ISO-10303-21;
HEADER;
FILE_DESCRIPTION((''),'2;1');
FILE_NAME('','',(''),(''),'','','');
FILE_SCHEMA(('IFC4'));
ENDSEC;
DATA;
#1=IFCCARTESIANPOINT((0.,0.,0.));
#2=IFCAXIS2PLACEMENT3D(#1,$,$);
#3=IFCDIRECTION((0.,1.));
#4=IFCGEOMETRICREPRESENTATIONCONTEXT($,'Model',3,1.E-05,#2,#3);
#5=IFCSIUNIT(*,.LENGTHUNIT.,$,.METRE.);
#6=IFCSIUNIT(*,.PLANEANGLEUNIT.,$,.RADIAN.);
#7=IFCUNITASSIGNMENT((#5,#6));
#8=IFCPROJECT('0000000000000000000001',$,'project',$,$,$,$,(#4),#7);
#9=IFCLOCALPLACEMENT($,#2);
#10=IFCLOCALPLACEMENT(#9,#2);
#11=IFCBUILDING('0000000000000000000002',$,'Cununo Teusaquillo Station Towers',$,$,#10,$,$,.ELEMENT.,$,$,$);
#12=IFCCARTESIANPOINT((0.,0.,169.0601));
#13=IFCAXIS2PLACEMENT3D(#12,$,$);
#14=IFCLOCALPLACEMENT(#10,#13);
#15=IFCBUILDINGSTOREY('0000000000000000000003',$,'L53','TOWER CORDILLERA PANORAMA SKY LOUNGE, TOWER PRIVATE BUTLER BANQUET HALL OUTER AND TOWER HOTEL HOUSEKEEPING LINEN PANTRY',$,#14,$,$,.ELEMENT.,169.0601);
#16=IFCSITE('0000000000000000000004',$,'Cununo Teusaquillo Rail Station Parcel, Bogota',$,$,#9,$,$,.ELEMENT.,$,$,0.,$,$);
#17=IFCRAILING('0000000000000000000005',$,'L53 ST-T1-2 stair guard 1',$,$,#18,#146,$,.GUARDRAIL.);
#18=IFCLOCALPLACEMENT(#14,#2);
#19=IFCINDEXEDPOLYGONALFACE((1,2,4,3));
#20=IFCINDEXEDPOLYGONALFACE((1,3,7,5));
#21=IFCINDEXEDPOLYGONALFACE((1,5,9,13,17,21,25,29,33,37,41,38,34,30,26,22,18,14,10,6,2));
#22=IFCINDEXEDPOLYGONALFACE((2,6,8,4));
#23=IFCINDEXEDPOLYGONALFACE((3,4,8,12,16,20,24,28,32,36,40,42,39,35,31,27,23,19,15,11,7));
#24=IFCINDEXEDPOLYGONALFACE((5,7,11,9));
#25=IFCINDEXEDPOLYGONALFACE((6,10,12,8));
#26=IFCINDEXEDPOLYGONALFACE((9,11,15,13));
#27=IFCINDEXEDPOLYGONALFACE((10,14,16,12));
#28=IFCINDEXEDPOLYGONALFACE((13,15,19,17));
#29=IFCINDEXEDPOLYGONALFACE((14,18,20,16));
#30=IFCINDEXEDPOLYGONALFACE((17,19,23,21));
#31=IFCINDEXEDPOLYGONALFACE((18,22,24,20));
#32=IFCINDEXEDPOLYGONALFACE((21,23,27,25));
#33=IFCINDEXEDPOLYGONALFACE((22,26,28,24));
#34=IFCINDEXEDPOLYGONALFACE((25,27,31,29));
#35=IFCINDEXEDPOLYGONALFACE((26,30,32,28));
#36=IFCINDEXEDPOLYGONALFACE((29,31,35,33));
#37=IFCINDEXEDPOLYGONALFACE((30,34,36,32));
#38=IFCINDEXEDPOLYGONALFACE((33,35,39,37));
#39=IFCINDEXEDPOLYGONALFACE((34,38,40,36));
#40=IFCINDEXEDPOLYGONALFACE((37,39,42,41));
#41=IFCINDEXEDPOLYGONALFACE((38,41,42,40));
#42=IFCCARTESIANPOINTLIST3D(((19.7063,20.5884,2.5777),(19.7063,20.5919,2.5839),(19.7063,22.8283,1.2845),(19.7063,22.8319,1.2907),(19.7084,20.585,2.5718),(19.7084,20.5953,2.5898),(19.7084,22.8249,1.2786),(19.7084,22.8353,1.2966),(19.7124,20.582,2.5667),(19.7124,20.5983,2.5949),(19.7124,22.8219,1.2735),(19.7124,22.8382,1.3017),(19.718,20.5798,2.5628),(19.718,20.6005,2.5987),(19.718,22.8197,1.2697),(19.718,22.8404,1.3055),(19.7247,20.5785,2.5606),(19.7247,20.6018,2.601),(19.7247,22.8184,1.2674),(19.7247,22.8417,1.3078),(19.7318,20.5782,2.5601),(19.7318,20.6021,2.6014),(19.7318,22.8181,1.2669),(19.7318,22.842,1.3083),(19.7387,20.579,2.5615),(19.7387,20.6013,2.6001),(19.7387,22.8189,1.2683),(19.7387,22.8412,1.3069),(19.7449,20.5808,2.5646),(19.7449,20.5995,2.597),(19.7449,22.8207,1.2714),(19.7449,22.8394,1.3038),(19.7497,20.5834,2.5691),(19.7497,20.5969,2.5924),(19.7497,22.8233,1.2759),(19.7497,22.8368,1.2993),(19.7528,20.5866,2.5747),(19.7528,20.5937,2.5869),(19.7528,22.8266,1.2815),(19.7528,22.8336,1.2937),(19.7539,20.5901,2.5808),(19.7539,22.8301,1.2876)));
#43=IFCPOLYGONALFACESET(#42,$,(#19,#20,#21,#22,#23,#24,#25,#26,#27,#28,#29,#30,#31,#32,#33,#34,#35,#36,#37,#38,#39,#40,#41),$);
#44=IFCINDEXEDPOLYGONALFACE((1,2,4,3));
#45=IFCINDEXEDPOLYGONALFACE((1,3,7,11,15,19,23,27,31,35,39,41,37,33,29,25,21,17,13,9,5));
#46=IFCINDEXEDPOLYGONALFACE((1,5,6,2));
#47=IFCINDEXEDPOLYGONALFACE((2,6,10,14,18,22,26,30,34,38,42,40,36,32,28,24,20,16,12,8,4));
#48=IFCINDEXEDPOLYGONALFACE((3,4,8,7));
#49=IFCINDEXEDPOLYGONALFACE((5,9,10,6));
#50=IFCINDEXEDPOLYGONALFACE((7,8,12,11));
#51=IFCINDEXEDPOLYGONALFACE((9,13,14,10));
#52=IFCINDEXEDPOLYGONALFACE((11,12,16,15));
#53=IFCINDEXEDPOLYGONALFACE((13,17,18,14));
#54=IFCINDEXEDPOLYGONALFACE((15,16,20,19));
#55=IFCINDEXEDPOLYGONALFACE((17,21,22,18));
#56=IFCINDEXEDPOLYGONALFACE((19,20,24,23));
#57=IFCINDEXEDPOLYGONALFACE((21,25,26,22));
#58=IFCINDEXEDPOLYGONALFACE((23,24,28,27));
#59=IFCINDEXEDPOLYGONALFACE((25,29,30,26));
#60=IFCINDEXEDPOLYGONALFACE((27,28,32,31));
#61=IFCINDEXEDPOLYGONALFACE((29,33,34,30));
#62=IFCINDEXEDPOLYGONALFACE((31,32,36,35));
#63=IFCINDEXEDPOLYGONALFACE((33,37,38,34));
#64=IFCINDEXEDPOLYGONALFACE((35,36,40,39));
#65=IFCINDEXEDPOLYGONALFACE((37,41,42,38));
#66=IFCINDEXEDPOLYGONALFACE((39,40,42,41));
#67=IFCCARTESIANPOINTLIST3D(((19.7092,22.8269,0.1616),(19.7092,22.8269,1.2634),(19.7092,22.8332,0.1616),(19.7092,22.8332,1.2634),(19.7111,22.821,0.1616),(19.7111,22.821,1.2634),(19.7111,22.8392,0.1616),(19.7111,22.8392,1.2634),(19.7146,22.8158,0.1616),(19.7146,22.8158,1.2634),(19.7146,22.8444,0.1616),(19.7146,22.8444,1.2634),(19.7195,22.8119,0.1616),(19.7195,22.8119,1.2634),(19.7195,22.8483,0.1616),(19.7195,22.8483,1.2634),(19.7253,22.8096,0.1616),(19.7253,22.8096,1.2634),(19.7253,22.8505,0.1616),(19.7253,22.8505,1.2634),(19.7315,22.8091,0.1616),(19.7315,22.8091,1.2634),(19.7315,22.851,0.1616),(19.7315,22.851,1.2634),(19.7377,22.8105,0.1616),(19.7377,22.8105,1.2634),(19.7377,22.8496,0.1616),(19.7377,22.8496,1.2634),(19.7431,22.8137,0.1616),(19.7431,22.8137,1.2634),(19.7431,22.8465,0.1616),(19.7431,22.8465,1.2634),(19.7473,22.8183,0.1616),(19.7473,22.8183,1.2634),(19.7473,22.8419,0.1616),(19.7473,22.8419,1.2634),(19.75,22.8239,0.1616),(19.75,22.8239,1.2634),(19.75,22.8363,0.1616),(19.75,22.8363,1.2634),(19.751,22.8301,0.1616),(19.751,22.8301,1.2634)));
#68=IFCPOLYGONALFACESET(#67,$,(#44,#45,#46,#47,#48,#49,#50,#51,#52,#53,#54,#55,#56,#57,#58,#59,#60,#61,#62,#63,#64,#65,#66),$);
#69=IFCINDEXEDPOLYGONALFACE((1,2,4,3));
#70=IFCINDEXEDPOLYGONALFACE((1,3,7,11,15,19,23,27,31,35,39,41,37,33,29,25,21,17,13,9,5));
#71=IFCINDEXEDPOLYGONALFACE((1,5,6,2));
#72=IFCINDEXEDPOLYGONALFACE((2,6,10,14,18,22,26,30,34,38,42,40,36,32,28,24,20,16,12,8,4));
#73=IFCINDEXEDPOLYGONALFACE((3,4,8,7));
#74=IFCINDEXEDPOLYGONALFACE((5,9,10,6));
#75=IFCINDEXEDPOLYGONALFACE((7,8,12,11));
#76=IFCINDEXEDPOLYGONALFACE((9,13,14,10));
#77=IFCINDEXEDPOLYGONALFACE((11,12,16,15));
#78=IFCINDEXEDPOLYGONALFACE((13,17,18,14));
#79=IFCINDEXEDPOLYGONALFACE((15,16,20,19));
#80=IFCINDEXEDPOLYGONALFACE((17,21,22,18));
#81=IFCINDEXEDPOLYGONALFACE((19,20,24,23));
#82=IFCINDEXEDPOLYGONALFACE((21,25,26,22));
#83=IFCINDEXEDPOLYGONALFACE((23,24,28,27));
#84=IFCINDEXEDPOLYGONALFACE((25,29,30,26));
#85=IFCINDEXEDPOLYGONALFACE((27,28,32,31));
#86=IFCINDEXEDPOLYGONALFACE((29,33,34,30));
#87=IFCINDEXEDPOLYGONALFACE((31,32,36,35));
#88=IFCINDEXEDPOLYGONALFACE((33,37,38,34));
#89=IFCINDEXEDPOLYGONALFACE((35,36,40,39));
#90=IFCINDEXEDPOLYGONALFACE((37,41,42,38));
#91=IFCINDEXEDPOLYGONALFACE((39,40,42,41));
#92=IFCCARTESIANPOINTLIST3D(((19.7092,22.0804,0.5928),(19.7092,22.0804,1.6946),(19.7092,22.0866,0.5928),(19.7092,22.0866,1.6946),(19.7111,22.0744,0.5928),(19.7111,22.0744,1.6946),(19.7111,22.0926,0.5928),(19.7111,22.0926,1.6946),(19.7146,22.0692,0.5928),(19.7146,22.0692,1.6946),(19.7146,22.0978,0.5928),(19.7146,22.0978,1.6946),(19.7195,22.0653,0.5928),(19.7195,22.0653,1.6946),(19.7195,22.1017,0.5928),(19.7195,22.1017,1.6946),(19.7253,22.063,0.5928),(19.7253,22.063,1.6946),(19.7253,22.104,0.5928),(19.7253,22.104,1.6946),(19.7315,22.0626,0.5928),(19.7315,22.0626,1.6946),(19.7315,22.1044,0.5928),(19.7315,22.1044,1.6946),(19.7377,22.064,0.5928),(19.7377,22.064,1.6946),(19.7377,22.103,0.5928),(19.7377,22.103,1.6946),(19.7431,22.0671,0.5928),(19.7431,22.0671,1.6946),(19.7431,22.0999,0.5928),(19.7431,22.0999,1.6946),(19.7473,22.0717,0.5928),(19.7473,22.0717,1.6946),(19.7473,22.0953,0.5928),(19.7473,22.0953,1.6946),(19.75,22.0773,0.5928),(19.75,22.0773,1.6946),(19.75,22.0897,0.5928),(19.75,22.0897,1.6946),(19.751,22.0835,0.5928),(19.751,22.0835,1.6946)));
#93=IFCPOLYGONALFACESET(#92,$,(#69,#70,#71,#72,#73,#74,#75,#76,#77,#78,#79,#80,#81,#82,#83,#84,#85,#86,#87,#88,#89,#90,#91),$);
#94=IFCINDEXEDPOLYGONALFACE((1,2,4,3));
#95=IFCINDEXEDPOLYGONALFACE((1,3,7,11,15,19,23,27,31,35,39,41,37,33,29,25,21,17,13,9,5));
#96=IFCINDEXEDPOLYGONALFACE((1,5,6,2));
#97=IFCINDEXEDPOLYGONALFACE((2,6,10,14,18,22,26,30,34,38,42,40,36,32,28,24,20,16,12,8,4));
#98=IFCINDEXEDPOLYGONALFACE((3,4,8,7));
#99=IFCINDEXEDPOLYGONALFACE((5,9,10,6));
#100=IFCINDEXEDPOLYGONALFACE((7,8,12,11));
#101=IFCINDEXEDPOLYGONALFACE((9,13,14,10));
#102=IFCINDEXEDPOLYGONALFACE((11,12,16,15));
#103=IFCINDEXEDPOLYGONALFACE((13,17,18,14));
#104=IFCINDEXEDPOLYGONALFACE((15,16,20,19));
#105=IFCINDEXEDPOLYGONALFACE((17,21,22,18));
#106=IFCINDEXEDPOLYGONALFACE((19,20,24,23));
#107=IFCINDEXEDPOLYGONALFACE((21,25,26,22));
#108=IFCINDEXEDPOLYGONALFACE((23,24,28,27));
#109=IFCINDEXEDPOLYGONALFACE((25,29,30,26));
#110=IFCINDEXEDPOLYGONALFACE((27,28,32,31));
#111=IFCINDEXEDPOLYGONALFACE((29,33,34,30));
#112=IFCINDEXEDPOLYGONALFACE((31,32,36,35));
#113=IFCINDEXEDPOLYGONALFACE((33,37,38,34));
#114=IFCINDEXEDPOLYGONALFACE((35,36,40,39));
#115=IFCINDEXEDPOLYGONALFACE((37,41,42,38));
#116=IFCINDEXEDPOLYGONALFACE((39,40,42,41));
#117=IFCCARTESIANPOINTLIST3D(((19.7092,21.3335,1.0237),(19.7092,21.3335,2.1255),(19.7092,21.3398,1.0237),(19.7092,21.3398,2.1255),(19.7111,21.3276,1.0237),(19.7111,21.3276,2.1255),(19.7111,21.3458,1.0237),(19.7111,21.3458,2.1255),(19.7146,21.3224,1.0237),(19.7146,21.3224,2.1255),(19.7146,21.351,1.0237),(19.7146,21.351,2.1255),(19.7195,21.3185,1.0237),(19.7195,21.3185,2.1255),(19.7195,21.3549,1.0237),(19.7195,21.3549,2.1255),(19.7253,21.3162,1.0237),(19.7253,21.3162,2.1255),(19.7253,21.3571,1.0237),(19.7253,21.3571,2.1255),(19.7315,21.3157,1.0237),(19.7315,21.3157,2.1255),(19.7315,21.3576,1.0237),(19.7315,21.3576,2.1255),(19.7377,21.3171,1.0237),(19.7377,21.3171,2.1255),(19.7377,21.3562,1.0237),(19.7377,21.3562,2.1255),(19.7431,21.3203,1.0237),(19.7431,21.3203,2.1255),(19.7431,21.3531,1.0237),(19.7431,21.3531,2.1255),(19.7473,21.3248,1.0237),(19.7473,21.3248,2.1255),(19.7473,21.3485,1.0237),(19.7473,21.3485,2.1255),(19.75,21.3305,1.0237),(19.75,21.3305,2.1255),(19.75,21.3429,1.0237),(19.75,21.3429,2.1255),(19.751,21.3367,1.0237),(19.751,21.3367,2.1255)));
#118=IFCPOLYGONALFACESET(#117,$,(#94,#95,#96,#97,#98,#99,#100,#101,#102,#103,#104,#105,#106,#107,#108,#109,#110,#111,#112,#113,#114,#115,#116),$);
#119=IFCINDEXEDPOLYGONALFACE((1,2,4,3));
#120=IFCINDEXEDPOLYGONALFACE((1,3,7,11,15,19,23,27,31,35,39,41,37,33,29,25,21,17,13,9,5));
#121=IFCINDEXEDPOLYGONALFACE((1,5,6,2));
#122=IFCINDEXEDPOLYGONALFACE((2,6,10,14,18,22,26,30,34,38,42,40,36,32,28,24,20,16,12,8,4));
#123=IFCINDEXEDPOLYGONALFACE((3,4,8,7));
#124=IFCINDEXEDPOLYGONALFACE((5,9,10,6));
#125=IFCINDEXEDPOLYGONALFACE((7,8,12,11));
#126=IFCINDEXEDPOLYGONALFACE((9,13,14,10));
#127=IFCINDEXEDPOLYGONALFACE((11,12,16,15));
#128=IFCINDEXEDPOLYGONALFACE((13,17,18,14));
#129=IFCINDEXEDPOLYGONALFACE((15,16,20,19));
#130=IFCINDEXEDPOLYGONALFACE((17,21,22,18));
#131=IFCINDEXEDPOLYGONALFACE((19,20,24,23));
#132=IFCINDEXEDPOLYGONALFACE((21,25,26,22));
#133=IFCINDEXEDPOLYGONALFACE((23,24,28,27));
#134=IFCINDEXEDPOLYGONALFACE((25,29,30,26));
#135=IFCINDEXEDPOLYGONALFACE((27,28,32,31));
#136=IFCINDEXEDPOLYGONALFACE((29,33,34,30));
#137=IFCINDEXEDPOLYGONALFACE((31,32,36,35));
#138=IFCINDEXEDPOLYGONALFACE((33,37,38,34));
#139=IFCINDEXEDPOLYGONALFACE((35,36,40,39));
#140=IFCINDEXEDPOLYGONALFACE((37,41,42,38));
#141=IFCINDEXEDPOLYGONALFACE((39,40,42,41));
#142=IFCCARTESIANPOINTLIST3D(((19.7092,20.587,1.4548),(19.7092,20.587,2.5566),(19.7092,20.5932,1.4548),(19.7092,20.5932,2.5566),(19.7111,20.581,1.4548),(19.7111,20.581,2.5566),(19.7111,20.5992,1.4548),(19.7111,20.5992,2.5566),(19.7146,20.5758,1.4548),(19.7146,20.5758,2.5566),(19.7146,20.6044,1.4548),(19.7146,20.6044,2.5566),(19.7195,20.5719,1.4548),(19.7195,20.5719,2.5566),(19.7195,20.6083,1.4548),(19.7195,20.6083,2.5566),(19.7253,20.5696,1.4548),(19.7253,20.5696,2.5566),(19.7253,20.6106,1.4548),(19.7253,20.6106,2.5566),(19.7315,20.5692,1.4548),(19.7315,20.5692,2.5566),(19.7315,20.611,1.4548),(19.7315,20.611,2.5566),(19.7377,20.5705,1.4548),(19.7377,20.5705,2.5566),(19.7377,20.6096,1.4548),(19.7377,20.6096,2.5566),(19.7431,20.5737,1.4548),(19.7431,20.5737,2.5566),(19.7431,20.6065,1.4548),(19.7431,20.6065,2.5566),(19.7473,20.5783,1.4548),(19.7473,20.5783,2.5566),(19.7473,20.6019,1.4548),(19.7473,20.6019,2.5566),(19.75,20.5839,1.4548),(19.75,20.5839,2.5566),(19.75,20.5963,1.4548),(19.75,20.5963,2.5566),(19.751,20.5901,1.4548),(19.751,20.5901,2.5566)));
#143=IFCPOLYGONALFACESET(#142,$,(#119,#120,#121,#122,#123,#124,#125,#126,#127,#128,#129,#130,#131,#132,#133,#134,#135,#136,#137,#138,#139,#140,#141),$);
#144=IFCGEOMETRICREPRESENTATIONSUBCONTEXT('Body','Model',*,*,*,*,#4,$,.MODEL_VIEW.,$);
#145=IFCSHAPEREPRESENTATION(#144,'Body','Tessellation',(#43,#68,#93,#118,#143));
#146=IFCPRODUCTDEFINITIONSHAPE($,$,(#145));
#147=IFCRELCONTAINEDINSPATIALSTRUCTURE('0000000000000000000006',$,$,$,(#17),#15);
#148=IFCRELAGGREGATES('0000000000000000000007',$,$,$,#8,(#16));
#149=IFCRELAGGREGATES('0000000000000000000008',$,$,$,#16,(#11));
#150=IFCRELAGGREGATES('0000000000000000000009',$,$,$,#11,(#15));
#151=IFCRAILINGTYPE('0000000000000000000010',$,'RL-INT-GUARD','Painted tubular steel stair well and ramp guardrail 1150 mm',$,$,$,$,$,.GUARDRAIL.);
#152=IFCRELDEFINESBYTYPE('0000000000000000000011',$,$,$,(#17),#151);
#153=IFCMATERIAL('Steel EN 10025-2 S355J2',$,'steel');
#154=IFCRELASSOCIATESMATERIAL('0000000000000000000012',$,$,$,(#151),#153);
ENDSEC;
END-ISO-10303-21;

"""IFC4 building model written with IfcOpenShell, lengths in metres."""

from ifc_helpers import new_model, si_unit, direction, frame, origin, origin_2d, place, context, subcontext, project, spatial, circle, extrude, material, type_object, element, save


model = new_model("IFC4")

# Units and contexts
model_context = context("Model", 3, precision=1e-05, world=origin(), true_north=direction((0.0, 1.0)))
body_context = subcontext(model_context, "Body", "Model", "MODEL_VIEW")
ifc_project = project(units=[si_unit("LENGTHUNIT", "METRE"), si_unit("PLANEANGLEUNIT", "RADIAN")], contexts=[model_context])

# Site, building, storey
site_placement = place(None, origin())
site = spatial("IfcSite", under=ifc_project, at=site_placement, Name="Cununo Teusaquillo Rail Station Parcel, Bogota", CompositionType="ELEMENT", RefElevation=0.0)
building_placement = place(site_placement, origin())
building = spatial("IfcBuilding", under=site, at=building_placement, Name="Cununo Teusaquillo Station Towers", CompositionType="ELEMENT")
storey_placement = place(building_placement, frame((0.0, 0.0, 169.0601)))
storey = spatial("IfcBuildingStorey", under=building, at=storey_placement, Name="L53", Description="TOWER CORDILLERA PANORAMA SKY LOUNGE, TOWER PRIVATE BUTLER BANQUET HALL OUTER AND TOWER HOTEL HOUSEKEEPING LINEN PANTRY", CompositionType="ELEMENT", Elevation=169.0601)

# Railing
ifc_material_1 = material(Name="Steel EN 10025-2 S355J2", Category="steel")
railing_type_1 = type_object("IfcRailingType", Name="RL-INT-GUARD", Description="Painted tubular steel stair well and ramp guardrail 1150 mm", PredefinedType="GUARDRAIL", material=ifc_material_1)
railing_1_placement = place(storey_placement, frame((19.73, 22.8301, 0.1616)))
element("IfcRailing", 1, at=railing_1_placement, inside=storey, type_object=railing_type_1, Name="L53 ST-T1-2 stair guard 1", PredefinedType="GUARDRAIL", context=body_context, shape_type="SweptSolid", body=[
    extrude(circle(Radius=0.0239, at=origin_2d()), frame((0.0, 0.0, 1.126), z_axis=(0.0, -0.866033, 0.499987), x_axis=(1.0, 0.0, 0.0)), (0.0, 0.0, 1.0), 2.5864),
    extrude(circle(Radius=0.021, at=origin_2d()), origin(), (0.0, 0.0, 1.0), 1.1018),
    extrude(circle(Radius=0.021, at=origin_2d()), frame((0.0, -0.7466, 0.4312)), (0.0, 0.0, 1.0), 1.1018),
    extrude(circle(Radius=0.021, at=origin_2d()), frame((0.0, -1.4934, 0.8621)), (0.0, 0.0, 1.0), 1.1018),
    extrude(circle(Radius=0.021, at=origin_2d()), frame((0.0, -2.24, 1.2932)), (0.0, 0.0, 1.0), 1.1018),
])

save(model, "model.ifc")
